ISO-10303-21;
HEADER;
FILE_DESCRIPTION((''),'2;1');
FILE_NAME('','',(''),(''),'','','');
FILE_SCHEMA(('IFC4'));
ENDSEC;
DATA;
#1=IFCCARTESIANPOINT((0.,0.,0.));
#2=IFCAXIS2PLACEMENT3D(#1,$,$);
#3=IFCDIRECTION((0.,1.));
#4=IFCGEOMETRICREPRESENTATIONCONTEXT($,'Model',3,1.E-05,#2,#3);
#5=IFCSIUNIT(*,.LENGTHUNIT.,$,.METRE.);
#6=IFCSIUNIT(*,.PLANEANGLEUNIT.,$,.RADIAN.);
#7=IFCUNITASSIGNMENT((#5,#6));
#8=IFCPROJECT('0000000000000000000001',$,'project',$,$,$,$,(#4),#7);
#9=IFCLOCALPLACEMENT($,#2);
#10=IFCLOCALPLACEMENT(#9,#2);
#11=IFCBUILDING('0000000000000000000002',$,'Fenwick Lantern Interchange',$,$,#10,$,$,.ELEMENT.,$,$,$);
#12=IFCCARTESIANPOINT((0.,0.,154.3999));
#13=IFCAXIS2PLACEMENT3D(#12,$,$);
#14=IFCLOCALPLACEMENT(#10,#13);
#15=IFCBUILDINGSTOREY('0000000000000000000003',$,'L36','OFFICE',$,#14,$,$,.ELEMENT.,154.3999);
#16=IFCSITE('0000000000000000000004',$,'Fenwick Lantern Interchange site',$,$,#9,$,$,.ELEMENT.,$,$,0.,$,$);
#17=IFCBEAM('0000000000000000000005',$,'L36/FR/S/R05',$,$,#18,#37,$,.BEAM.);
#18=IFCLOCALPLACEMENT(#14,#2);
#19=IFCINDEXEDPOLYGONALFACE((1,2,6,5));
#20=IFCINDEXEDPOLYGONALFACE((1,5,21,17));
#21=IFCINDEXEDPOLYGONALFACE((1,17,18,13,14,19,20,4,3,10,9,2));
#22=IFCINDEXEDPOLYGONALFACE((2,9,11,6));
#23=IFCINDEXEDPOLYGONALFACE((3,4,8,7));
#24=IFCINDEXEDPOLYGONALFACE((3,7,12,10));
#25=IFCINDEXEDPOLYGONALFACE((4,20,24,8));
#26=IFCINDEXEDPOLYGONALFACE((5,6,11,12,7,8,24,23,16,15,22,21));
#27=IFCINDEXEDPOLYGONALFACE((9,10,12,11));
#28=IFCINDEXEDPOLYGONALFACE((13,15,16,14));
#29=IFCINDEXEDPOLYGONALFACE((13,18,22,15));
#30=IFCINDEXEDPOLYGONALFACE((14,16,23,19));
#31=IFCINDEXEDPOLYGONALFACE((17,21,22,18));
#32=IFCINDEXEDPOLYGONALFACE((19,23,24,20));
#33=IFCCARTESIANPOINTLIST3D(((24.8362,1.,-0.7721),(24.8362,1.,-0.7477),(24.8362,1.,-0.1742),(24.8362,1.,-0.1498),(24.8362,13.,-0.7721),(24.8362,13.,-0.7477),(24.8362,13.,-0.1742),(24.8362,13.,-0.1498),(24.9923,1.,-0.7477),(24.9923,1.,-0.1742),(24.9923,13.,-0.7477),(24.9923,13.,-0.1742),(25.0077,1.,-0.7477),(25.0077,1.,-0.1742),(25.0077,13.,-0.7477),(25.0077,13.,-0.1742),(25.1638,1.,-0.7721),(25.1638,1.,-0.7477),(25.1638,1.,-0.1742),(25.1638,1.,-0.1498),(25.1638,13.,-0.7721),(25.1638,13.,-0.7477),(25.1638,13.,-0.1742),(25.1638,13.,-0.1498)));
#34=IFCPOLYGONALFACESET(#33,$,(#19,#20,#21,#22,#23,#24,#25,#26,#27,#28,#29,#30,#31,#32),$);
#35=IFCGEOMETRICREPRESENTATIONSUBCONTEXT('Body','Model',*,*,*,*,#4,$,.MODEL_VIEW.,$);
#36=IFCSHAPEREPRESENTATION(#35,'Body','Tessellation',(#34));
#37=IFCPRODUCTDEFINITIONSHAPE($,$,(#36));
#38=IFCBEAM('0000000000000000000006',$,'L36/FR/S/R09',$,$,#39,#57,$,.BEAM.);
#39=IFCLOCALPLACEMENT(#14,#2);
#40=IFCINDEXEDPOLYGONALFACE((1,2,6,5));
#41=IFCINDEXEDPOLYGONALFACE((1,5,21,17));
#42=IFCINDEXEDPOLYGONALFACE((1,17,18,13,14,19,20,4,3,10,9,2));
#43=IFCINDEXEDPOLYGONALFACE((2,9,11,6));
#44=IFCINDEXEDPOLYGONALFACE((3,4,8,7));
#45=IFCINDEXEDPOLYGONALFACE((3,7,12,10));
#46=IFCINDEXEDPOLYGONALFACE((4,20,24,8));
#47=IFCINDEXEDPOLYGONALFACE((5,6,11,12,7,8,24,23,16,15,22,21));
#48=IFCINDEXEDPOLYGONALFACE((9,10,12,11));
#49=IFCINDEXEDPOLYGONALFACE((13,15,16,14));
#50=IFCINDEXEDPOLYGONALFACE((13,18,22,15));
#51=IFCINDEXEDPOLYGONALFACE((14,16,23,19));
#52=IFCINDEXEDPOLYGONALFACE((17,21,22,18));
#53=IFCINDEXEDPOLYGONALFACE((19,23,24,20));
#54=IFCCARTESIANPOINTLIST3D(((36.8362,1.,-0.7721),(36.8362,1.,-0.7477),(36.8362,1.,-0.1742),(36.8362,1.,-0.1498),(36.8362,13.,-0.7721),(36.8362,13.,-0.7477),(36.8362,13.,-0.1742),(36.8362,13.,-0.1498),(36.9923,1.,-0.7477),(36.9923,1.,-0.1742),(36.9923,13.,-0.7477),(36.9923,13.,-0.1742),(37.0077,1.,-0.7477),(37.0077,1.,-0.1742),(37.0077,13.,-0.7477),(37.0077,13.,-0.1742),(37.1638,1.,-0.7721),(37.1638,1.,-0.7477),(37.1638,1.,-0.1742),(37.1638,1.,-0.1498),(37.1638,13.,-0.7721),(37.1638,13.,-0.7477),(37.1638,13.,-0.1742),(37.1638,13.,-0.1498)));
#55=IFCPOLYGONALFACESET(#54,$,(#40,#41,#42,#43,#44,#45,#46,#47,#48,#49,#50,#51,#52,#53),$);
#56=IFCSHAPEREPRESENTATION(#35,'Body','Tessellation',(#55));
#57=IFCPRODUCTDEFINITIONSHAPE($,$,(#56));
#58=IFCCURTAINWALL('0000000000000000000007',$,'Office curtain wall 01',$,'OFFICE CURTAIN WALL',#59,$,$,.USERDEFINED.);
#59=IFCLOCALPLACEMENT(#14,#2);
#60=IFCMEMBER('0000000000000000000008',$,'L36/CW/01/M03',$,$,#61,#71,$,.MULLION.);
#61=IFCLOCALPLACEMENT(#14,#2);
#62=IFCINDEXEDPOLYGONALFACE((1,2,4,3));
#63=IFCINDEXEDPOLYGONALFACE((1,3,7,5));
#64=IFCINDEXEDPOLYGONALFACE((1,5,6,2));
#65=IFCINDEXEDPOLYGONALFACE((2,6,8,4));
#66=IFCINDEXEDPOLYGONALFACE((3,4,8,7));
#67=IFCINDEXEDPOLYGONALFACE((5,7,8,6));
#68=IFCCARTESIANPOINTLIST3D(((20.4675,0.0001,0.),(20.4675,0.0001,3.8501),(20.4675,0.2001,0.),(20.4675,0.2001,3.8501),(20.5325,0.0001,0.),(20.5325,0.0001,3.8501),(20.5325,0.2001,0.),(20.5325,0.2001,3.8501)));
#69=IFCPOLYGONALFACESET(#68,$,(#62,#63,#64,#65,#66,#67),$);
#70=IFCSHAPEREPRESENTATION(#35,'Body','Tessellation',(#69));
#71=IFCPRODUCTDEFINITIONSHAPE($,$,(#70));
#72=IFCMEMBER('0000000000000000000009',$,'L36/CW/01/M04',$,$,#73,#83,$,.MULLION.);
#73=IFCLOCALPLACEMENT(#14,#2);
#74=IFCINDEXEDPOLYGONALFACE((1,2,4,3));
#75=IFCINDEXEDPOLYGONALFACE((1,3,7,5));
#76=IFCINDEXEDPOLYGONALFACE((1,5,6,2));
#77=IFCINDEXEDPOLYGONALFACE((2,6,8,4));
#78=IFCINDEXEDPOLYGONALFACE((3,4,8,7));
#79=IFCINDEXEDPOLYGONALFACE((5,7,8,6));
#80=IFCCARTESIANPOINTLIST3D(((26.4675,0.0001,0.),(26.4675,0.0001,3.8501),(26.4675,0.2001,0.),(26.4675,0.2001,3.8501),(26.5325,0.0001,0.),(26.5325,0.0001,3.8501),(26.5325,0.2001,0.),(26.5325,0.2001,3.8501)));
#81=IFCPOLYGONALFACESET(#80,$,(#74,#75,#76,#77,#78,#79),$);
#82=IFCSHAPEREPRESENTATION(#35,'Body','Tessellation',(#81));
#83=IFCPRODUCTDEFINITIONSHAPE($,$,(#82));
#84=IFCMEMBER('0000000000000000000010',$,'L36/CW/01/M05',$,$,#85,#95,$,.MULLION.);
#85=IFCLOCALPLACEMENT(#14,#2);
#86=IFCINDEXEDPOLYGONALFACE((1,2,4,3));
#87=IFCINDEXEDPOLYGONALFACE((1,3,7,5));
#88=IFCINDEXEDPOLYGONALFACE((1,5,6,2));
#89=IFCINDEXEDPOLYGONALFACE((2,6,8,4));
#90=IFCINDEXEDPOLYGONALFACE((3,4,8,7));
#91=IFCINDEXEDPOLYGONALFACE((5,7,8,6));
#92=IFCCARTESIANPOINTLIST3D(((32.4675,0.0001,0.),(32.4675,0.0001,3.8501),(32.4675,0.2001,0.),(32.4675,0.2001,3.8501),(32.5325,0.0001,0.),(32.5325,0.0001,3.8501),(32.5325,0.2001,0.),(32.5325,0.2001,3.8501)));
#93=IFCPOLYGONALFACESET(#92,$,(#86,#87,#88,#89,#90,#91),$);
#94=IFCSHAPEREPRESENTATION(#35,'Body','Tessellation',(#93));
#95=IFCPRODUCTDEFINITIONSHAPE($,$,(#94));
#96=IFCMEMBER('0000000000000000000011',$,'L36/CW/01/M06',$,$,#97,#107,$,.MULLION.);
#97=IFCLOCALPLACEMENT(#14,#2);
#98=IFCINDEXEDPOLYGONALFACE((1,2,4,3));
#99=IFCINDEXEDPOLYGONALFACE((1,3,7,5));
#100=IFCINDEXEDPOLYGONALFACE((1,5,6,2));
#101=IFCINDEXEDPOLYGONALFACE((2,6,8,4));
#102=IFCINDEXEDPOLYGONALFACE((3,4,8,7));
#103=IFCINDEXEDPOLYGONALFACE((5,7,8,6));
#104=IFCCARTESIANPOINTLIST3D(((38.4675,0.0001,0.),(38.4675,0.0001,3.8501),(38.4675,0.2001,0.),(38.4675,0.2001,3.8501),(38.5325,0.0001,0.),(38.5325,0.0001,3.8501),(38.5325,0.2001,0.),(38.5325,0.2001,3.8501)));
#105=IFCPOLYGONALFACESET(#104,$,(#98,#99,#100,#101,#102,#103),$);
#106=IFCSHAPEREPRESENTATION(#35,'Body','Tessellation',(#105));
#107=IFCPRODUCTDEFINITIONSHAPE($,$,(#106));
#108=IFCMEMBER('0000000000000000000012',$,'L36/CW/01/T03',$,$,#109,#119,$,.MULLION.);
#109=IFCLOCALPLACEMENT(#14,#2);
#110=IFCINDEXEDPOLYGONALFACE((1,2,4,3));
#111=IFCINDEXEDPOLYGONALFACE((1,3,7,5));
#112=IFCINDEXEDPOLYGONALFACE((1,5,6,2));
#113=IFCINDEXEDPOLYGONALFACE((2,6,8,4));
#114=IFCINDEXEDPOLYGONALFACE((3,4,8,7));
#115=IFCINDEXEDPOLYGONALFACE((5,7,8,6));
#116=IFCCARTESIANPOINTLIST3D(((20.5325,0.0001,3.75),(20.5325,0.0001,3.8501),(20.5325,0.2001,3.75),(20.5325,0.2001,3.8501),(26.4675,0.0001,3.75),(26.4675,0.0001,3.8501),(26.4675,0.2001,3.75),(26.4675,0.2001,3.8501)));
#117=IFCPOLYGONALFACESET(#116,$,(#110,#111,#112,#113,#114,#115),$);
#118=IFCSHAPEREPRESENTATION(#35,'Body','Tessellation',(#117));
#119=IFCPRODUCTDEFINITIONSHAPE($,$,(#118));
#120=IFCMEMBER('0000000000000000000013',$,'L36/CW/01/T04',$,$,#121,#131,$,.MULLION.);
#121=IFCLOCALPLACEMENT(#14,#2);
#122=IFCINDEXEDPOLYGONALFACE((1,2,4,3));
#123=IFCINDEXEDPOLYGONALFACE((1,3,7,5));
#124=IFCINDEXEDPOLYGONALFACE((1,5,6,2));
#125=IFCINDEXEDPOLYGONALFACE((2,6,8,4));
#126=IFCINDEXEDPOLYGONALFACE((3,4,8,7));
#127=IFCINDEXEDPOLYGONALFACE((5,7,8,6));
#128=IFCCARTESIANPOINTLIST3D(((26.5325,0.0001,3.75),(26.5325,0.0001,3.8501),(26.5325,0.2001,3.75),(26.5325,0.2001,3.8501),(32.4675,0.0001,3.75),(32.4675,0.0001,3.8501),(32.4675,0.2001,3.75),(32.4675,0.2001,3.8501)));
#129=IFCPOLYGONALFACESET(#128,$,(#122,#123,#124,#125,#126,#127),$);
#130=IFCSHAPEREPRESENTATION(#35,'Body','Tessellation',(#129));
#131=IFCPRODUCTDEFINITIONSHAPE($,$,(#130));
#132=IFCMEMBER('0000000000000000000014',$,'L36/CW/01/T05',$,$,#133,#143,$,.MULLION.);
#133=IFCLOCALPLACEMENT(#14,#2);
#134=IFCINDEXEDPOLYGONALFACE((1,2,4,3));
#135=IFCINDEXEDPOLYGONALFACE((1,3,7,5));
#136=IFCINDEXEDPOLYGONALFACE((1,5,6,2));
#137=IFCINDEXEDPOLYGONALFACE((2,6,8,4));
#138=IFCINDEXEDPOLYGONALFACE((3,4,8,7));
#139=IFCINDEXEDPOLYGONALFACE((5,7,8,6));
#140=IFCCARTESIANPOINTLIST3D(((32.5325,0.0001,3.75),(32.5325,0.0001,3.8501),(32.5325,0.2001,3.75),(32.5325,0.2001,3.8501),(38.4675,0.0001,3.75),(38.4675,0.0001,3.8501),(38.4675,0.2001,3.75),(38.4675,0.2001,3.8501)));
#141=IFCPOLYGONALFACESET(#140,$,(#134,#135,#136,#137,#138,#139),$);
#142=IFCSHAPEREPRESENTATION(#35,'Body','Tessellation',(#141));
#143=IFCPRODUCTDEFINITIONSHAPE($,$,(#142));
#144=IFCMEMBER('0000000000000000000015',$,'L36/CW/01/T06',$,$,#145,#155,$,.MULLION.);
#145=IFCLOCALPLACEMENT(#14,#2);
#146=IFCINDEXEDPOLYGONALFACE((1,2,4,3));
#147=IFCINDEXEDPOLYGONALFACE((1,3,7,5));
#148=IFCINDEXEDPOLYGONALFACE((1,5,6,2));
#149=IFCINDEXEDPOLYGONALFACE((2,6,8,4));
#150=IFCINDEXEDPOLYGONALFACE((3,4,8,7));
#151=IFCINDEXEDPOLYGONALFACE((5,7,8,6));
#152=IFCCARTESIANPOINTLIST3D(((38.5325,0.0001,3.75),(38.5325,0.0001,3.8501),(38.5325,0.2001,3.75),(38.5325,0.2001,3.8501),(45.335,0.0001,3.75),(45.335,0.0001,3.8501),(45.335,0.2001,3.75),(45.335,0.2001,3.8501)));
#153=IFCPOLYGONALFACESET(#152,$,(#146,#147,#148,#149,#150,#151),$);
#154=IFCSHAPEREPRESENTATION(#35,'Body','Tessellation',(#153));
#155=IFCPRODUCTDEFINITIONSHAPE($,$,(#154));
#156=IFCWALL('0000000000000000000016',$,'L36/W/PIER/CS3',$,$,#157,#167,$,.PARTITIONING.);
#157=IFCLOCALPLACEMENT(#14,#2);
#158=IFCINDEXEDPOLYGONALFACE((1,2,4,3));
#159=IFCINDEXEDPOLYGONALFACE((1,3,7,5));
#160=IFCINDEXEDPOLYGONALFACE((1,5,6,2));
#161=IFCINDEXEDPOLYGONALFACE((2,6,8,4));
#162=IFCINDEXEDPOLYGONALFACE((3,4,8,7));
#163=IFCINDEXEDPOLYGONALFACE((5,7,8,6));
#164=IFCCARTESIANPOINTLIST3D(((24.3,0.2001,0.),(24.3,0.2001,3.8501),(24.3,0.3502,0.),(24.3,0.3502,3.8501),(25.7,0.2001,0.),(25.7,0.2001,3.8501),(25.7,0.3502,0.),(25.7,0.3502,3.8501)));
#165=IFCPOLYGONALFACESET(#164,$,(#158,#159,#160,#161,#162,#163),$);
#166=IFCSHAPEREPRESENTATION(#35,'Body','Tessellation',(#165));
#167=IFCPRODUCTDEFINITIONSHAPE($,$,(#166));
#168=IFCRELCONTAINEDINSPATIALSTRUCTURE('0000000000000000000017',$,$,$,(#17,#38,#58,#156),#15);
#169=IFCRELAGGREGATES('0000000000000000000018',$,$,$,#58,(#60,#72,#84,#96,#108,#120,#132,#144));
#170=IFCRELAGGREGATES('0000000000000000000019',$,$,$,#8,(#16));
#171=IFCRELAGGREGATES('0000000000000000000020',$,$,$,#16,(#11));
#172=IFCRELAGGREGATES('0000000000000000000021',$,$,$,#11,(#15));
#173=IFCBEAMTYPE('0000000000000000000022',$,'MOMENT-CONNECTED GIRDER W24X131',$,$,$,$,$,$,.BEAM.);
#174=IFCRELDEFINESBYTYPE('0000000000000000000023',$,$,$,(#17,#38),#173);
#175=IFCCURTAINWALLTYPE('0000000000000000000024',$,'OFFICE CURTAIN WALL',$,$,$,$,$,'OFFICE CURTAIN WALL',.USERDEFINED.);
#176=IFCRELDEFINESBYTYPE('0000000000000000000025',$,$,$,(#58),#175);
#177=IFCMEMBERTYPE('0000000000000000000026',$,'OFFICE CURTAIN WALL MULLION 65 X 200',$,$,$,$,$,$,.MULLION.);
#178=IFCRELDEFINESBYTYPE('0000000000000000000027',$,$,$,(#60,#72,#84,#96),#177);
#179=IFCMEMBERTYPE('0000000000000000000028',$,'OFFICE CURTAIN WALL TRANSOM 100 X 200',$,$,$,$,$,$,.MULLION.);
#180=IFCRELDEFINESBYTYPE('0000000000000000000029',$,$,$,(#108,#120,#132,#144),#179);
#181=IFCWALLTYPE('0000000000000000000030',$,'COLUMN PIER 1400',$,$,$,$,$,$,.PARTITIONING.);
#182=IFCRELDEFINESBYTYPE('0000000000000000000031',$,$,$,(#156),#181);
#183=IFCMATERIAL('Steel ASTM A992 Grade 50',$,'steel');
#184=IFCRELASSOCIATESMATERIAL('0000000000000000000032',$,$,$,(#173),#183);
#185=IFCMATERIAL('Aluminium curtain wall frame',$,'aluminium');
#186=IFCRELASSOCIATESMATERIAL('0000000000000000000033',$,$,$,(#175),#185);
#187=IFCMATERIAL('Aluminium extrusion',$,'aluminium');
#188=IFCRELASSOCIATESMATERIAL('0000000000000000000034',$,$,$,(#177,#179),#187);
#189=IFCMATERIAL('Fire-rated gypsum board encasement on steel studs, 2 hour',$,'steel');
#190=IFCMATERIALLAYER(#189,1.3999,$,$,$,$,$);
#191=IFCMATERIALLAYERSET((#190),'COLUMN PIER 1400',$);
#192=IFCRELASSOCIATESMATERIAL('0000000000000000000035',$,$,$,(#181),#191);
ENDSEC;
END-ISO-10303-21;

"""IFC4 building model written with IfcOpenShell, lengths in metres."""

from ifc_helpers import new_model, si_unit, direction, frame, frame_2d, origin, origin_2d, place, context, subcontext, project, spatial, rectangle, i_section, extrude, material, layer, layer_set, material_profile, profile_set, type_object, element, aggregate, save


model = new_model("IFC4")

# Units and contexts
model_context = context("Model", 3, precision=1e-05, world=origin(), true_north=direction((0.0, 1.0)))
body_context = subcontext(model_context, "Body", "Model", "MODEL_VIEW")
ifc_project = project(units=[si_unit("LENGTHUNIT", "METRE"), si_unit("PLANEANGLEUNIT", "RADIAN")], contexts=[model_context])

# Site, building, storey
site_placement = place(None, origin())
site = spatial("IfcSite", under=ifc_project, at=site_placement, Name="Fenwick Lantern Interchange site", CompositionType="ELEMENT", RefElevation=0.0)
building_placement = place(site_placement, origin())
building = spatial("IfcBuilding", under=site, at=building_placement, Name="Fenwick Lantern Interchange", CompositionType="ELEMENT")
storey_placement = place(building_placement, frame((0.0, 0.0, 154.3999)))
storey = spatial("IfcBuildingStorey", under=building, at=storey_placement, Name="L36", Description="OFFICE", CompositionType="ELEMENT", Elevation=154.3999)

# Beams
ifc_material_1 = material(Name="Steel ASTM A992 Grade 50", Category="steel")
ifc_material_profile_1 = material_profile(ifc_material_1, i_section(OverallWidth=0.3276, OverallDepth=0.6223, WebThickness=0.0154, FlangeThickness=0.0244, at=origin_2d()), Name="W24X131")
ifc_profile_set_1 = profile_set([ifc_material_profile_1], Name="Steel ASTM A992 Grade 50")
beam_type_1 = type_object("IfcBeamType", Name="MOMENT-CONNECTED GIRDER W24X131", PredefinedType="BEAM", material=ifc_profile_set_1)
for number, where, z_axis, x_axis, name in (
    (1, (25.0, 1.0, -0.4609), (0.0, 1.0, 0.0), (-1.0, 0.0, 0.0), "L36/FR/S/R05"),
    (2, (37.0, 1.0, -0.4609), (0.0, 1.0, 0.0), (-1.0, 0.0, 0.0), "L36/FR/S/R09"),
):
    element("IfcBeam", number, at=place(storey_placement, frame(where, z_axis=z_axis, x_axis=x_axis)), inside=storey, type_object=beam_type_1, Name=name, PredefinedType="BEAM", context=body_context, shape_type="SweptSolid", body=[
        extrude(i_section(OverallWidth=0.3276, OverallDepth=0.6223, WebThickness=0.0154, FlangeThickness=0.0244, at=origin_2d()), origin(), (0.0, 0.0, 1.0), 12.0),
    ])

# Curtain wall, members
ifc_material_2 = material(Name="Aluminium curtain wall frame", Category="aluminium")
curtain_wall_type = type_object("IfcCurtainWallType", Name="OFFICE CURTAIN WALL", ElementType="OFFICE CURTAIN WALL", PredefinedType="USERDEFINED", material=ifc_material_2)
curtain_wall_placement = place(storey_placement, origin())
curtain_wall = element("IfcCurtainWall", 3, at=curtain_wall_placement, inside=storey, type_object=curtain_wall_type, Name="Office curtain wall 01", ObjectType="OFFICE CURTAIN WALL", PredefinedType="USERDEFINED")
ifc_material_3 = material(Name="Aluminium extrusion", Category="aluminium")
ifc_material_profile_2 = material_profile(ifc_material_3, rectangle(XDim=0.2, YDim=0.0649, at=origin_2d()), Name="OFFICE CURTAIN WALL MULLION 65 X 200")
ifc_profile_set_2 = profile_set([ifc_material_profile_2], Name="Aluminium extrusion")
member_type_1 = type_object("IfcMemberType", Name="OFFICE CURTAIN WALL MULLION 65 X 200", PredefinedType="MULLION", material=ifc_profile_set_2)
member_1_placement = place(storey_placement, frame((20.5, 0.1001, 0.0), z_axis=(0.0, 0.0, 1.0), x_axis=(0.0, 1.0, 0.0)))
member_1 = element("IfcMember", 4, at=member_1_placement, type_object=member_type_1, Name="L36/CW/01/M03", PredefinedType="MULLION", context=body_context, shape_type="SweptSolid", body=[
    extrude(rectangle(XDim=0.2, YDim=0.0649, at=origin_2d()), origin(), (0.0, 0.0, 1.0), 3.8501),
])
member_2_placement = place(storey_placement, frame((26.5, 0.1001, 0.0), z_axis=(0.0, 0.0, 1.0), x_axis=(0.0, 1.0, 0.0)))
member_2 = element("IfcMember", 5, at=member_2_placement, type_object=member_type_1, Name="L36/CW/01/M04", PredefinedType="MULLION", context=body_context, shape_type="SweptSolid", body=[
    extrude(rectangle(XDim=0.2, YDim=0.0649, at=origin_2d()), origin(), (0.0, 0.0, 1.0), 3.8501),
])
member_3_placement = place(storey_placement, frame((32.5, 0.1001, 0.0), z_axis=(0.0, 0.0, 1.0), x_axis=(0.0, 1.0, 0.0)))
member_3 = element("IfcMember", 6, at=member_3_placement, type_object=member_type_1, Name="L36/CW/01/M05", PredefinedType="MULLION", context=body_context, shape_type="SweptSolid", body=[
    extrude(rectangle(XDim=0.2, YDim=0.0649, at=origin_2d()), origin(), (0.0, 0.0, 1.0), 3.8501),
])
member_4_placement = place(storey_placement, frame((38.5, 0.1001, 0.0), z_axis=(0.0, 0.0, 1.0), x_axis=(0.0, 1.0, 0.0)))
member_4 = element("IfcMember", 7, at=member_4_placement, type_object=member_type_1, Name="L36/CW/01/M06", PredefinedType="MULLION", context=body_context, shape_type="SweptSolid", body=[
    extrude(rectangle(XDim=0.2, YDim=0.0649, at=origin_2d()), origin(), (0.0, 0.0, 1.0), 3.8501),
])
ifc_material_profile_3 = material_profile(ifc_material_3, rectangle(XDim=0.2, YDim=0.1001, at=origin_2d()), Name="OFFICE CURTAIN WALL TRANSOM 100 X 200")
ifc_profile_set_3 = profile_set([ifc_material_profile_3], Name="Aluminium extrusion")
member_type_2 = type_object("IfcMemberType", Name="OFFICE CURTAIN WALL TRANSOM 100 X 200", PredefinedType="MULLION", material=ifc_profile_set_3)
member_5_placement = place(storey_placement, frame((20.5325, 0.1001, 3.8), z_axis=(1.0, 0.0, 0.0), x_axis=(0.0, 1.0, 0.0)))
member_5 = element("IfcMember", 8, at=member_5_placement, type_object=member_type_2, Name="L36/CW/01/T03", PredefinedType="MULLION", context=body_context, shape_type="SweptSolid", body=[
    extrude(rectangle(XDim=0.2, YDim=0.1001, at=origin_2d()), origin(), (0.0, 0.0, 1.0), 5.9351),
])
member_6_placement = place(storey_placement, frame((26.5325, 0.1001, 3.8), z_axis=(1.0, 0.0, 0.0), x_axis=(0.0, 1.0, 0.0)))
member_6 = element("IfcMember", 9, at=member_6_placement, type_object=member_type_2, Name="L36/CW/01/T04", PredefinedType="MULLION", context=body_context, shape_type="SweptSolid", body=[
    extrude(rectangle(XDim=0.2, YDim=0.1001, at=origin_2d()), origin(), (0.0, 0.0, 1.0), 5.9351),
])
member_7_placement = place(storey_placement, frame((32.5325, 0.1001, 3.8), z_axis=(1.0, 0.0, 0.0), x_axis=(0.0, 1.0, 0.0)))
member_7 = element("IfcMember", 10, at=member_7_placement, type_object=member_type_2, Name="L36/CW/01/T05", PredefinedType="MULLION", context=body_context, shape_type="SweptSolid", body=[
    extrude(rectangle(XDim=0.2, YDim=0.1001, at=origin_2d()), origin(), (0.0, 0.0, 1.0), 5.9351),
])
member_8_placement = place(storey_placement, frame((38.5325, 0.1001, 3.8), z_axis=(1.0, 0.0, 0.0), x_axis=(0.0, 1.0, 0.0)))
member_8 = element("IfcMember", 11, at=member_8_placement, type_object=member_type_2, Name="L36/CW/01/T06", PredefinedType="MULLION", context=body_context, shape_type="SweptSolid", body=[
    extrude(rectangle(XDim=0.2, YDim=0.1001, at=origin_2d()), origin(), (0.0, 0.0, 1.0), 6.8025),
])
aggregate(curtain_wall, [member_1, member_2, member_3, member_4, member_5, member_6, member_7, member_8])

# Wall
ifc_material_4 = material(Name="Fire-rated gypsum board encasement on steel studs, 2 hour", Category="steel")
ifc_layer_1 = layer(ifc_material_4, 1.3999)
ifc_layer_set_1 = layer_set([ifc_layer_1], Name="COLUMN PIER 1400")
wall_type_1 = type_object("IfcWallType", Name="COLUMN PIER 1400", PredefinedType="PARTITIONING", material=ifc_layer_set_1)
wall_1_placement = place(storey_placement, frame((25.0, 0.2, 0.0), z_axis=(0.0, 0.0, 1.0), x_axis=(0.0, 1.0, 0.0)))
element("IfcWall", 12, at=wall_1_placement, inside=storey, type_object=wall_type_1, Name="L36/W/PIER/CS3", PredefinedType="PARTITIONING", context=body_context, shape_type="SweptSolid", body=[
    extrude(rectangle(XDim=0.1501, YDim=1.3999, at=frame_2d((0.0752, 0.0))), origin(), (0.0, 0.0, 1.0), 3.8501),
])

save(model, "model.ifc")
